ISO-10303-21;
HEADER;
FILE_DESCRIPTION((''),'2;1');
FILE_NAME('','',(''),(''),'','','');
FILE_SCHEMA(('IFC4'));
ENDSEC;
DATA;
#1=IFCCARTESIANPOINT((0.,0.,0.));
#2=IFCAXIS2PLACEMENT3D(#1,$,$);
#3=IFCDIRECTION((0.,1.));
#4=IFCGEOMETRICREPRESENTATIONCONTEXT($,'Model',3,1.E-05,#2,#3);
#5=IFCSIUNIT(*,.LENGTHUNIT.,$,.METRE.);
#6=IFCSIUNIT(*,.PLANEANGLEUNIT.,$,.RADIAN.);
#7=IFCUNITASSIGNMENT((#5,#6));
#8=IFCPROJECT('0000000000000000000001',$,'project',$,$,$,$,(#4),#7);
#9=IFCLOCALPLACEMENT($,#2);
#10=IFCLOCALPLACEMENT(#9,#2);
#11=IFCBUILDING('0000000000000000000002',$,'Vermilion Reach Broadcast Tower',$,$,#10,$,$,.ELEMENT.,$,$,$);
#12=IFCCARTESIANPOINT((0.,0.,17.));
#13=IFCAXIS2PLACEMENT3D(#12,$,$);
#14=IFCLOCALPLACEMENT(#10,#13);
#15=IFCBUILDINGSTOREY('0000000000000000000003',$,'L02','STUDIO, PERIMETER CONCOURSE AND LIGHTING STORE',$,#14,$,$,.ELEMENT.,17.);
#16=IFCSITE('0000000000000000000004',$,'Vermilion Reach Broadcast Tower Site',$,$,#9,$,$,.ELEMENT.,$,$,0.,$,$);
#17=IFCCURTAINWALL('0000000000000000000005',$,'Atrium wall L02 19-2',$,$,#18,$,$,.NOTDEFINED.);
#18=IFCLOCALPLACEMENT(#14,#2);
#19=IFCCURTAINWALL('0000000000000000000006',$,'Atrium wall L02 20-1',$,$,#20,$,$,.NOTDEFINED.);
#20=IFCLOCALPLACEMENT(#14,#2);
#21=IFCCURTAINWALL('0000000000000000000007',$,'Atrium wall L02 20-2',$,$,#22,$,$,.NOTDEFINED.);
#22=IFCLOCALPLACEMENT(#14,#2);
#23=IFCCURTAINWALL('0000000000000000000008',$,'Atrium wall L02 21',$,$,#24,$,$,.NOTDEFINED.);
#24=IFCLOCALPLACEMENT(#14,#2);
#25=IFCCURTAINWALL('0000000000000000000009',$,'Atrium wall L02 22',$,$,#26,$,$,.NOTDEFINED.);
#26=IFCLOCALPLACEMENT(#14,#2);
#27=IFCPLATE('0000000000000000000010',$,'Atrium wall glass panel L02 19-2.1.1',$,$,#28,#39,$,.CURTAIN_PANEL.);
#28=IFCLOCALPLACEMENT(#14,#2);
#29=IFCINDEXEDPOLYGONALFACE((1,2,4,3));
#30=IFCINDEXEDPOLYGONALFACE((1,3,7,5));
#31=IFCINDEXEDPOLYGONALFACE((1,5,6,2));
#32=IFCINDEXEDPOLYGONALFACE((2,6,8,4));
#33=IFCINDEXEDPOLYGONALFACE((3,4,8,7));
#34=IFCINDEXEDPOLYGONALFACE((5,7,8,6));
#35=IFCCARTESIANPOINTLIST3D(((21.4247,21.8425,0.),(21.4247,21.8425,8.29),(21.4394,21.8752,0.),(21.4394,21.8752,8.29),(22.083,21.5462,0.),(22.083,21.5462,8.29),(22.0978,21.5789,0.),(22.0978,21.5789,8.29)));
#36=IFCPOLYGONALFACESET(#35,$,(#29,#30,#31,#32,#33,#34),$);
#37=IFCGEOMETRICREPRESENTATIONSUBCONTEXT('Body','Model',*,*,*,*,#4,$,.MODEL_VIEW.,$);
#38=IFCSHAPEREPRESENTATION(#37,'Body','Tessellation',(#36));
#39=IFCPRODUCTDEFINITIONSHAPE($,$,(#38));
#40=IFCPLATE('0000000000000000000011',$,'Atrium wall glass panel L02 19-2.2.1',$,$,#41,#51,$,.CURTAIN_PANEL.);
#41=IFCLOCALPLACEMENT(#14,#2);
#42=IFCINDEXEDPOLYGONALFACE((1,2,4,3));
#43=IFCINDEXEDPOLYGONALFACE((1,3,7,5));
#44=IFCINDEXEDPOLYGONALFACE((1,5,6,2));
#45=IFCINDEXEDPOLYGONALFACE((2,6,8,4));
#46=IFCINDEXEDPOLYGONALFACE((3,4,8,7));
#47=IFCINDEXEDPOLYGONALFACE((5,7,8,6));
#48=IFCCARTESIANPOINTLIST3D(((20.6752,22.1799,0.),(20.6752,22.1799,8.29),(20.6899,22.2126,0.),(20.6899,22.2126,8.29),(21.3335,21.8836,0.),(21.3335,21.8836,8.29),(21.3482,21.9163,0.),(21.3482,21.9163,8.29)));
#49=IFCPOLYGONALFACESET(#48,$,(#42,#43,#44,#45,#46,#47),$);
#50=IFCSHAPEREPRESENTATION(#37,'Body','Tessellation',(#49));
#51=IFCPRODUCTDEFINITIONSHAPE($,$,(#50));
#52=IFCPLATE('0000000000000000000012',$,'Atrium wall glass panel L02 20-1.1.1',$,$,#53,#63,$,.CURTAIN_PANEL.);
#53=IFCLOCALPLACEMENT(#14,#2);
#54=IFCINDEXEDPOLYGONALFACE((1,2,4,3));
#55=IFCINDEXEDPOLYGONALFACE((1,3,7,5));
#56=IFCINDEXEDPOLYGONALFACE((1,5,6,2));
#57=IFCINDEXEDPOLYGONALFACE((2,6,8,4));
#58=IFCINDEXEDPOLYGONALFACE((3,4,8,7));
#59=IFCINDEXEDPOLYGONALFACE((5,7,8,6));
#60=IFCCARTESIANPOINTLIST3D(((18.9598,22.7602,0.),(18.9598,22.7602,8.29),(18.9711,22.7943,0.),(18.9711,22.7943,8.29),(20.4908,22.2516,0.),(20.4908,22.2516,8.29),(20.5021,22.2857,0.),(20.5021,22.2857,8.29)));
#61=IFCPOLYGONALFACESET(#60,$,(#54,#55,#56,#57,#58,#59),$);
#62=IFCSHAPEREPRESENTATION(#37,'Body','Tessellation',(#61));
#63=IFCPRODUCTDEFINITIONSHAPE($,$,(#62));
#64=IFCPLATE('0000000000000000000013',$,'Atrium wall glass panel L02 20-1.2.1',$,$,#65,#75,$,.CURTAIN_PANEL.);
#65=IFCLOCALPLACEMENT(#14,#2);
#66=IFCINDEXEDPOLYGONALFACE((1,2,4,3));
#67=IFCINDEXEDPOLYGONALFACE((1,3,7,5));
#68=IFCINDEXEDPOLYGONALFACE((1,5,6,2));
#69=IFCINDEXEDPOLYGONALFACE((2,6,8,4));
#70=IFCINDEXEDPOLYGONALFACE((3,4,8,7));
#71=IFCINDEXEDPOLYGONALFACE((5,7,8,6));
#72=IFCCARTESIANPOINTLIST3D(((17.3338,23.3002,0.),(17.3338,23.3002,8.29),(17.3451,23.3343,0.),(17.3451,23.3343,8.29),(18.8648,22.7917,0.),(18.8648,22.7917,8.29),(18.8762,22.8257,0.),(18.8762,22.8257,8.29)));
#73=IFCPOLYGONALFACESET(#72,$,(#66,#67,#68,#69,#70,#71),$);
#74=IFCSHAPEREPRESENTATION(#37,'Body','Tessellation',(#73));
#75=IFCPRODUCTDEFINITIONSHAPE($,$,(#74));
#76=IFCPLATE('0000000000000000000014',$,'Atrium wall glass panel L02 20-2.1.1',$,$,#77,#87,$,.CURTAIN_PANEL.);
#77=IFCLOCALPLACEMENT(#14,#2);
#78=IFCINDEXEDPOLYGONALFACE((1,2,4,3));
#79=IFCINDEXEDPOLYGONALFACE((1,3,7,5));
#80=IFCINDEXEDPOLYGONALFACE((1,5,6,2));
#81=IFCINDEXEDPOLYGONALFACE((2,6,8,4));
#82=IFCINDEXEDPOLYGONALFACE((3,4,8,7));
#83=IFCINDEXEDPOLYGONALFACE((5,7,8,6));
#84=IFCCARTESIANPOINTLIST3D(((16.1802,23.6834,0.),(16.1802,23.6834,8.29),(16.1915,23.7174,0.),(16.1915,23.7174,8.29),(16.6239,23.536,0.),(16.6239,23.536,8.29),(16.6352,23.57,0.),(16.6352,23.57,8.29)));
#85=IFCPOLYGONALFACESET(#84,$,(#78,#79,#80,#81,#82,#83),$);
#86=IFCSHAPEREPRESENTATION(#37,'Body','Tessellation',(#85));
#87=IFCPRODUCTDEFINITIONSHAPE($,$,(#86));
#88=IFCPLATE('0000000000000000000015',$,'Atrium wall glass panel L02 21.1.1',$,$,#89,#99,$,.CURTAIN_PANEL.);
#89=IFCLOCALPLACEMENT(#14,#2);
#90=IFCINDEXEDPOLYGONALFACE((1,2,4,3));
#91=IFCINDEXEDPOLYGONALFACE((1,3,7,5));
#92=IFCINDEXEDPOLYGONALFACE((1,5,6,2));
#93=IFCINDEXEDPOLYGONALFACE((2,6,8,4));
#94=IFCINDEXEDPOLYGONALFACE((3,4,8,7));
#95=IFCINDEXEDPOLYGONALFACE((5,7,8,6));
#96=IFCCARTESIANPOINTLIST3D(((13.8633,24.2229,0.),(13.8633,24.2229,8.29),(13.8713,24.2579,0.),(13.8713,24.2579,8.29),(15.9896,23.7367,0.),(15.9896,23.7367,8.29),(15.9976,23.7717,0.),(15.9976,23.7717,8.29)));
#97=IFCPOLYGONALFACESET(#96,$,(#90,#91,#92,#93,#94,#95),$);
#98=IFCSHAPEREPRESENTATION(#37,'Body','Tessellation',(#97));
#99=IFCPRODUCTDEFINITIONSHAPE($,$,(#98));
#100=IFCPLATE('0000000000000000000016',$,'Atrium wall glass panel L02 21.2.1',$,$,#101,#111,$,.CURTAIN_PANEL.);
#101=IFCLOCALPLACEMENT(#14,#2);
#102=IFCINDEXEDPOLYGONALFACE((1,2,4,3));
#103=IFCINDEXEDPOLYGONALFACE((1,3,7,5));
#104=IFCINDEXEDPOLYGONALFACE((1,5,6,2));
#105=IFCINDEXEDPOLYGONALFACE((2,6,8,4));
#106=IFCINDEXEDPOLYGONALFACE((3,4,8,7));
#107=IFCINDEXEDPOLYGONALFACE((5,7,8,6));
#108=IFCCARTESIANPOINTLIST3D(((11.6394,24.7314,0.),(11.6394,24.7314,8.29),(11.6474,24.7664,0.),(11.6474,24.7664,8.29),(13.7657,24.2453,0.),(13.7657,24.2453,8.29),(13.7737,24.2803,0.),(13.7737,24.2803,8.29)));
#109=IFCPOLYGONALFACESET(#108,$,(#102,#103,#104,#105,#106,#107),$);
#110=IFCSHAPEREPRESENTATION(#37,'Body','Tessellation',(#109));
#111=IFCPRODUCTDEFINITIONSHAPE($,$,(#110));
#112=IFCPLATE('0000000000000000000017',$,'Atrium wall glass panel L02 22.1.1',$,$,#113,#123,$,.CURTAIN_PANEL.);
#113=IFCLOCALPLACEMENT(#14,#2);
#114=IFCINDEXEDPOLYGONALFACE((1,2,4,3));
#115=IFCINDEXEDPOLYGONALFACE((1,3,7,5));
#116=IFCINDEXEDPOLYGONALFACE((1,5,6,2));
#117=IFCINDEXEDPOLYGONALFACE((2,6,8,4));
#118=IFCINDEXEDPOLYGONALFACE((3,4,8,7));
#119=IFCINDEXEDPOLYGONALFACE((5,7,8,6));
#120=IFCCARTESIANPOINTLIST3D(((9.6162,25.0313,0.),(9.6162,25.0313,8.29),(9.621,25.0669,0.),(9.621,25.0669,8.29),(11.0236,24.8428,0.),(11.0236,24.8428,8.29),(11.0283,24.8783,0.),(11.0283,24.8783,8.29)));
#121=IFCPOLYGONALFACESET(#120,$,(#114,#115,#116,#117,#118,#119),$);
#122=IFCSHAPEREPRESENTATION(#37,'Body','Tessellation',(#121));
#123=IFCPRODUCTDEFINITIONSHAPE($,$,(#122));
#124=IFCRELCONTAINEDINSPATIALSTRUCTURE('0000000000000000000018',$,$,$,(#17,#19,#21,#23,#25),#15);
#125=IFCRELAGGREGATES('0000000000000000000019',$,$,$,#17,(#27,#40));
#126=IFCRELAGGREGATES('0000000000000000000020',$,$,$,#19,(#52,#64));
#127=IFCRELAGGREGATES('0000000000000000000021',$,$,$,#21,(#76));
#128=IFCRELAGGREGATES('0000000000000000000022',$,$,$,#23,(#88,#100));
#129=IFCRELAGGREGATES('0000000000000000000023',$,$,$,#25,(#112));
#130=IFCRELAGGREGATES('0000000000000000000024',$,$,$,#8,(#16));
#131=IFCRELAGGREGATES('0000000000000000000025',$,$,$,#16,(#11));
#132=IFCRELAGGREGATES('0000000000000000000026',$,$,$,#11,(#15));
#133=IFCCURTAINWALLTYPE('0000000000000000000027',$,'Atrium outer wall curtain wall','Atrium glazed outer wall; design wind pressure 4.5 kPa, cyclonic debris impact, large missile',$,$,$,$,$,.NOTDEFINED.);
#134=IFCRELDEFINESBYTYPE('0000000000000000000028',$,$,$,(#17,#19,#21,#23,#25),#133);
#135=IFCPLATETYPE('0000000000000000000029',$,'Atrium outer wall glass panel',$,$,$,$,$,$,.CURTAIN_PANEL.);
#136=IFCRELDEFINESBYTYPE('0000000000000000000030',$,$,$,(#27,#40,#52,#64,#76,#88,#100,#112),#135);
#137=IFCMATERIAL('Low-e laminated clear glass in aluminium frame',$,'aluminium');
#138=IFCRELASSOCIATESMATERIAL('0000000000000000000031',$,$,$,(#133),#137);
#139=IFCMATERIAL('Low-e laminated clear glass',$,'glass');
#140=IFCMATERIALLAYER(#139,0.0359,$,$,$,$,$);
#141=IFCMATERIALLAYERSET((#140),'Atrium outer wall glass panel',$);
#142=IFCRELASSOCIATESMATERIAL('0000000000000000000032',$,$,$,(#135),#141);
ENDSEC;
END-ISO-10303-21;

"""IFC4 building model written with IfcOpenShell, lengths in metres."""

from ifc_helpers import new_model, si_unit, direction, frame, origin, origin_2d, place, context, subcontext, project, spatial, rectangle, extrude, material, layer, layer_set, type_object, element, aggregate, save


model = new_model("IFC4")

# Units and contexts
model_context = context("Model", 3, precision=1e-05, world=origin(), true_north=direction((0.0, 1.0)))
body_context = subcontext(model_context, "Body", "Model", "MODEL_VIEW")
ifc_project = project(units=[si_unit("LENGTHUNIT", "METRE"), si_unit("PLANEANGLEUNIT", "RADIAN")], contexts=[model_context])

# Site, building, storey
site_placement = place(None, origin())
site = spatial("IfcSite", under=ifc_project, at=site_placement, Name="Vermilion Reach Broadcast Tower Site", CompositionType="ELEMENT", RefElevation=0.0)
building_placement = place(site_placement, origin())
building = spatial("IfcBuilding", under=site, at=building_placement, Name="Vermilion Reach Broadcast Tower", CompositionType="ELEMENT")
storey_placement = place(building_placement, frame((0.0, 0.0, 17.0)))
storey = spatial("IfcBuildingStorey", under=building, at=storey_placement, Name="L02", Description="STUDIO, PERIMETER CONCOURSE AND LIGHTING STORE", CompositionType="ELEMENT", Elevation=17.0)

# Shared definitions
ifc_material_1 = material(Name="Low-e laminated clear glass in aluminium frame", Category="aluminium")
curtain_wall_type = type_object("IfcCurtainWallType", Name="Atrium outer wall curtain wall", Description="Atrium glazed outer wall; design wind pressure 4.5 kPa, cyclonic debris impact, large missile", PredefinedType="NOTDEFINED", material=ifc_material_1)
placement = place(storey_placement, origin())

# Curtain walls
curtain_wall_1 = element("IfcCurtainWall", 1, at=placement, inside=storey, type_object=curtain_wall_type, Name="Atrium wall L02 19-2", PredefinedType="NOTDEFINED")
curtain_wall_2 = element("IfcCurtainWall", 2, at=placement, inside=storey, type_object=curtain_wall_type, Name="Atrium wall L02 20-1", PredefinedType="NOTDEFINED")
curtain_wall_3 = element("IfcCurtainWall", 3, at=placement, inside=storey, type_object=curtain_wall_type, Name="Atrium wall L02 20-2", PredefinedType="NOTDEFINED")
curtain_wall_4 = element("IfcCurtainWall", 4, at=placement, inside=storey, type_object=curtain_wall_type, Name="Atrium wall L02 21", PredefinedType="NOTDEFINED")

# Curtain wall
curtain_wall_5 = element("IfcCurtainWall", 5, at=placement, inside=storey, type_object=curtain_wall_type, Name="Atrium wall L02 22", PredefinedType="NOTDEFINED")

# Plates
ifc_material_2 = material(Name="Low-e laminated clear glass", Category="glass")
ifc_layer = layer(ifc_material_2, 0.0359)
ifc_layer_set = layer_set([ifc_layer], Name="Atrium outer wall glass panel")
plate_type = type_object("IfcPlateType", Name="Atrium outer wall glass panel", PredefinedType="CURTAIN_PANEL", material=ifc_layer_set)
plate_1_placement = place(storey_placement, frame((21.7612, 21.7107, 0.0), z_axis=(0.0, 0.0, 1.0), x_axis=(-0.911902, 0.410408, 0.0)))
plate_1 = element("IfcPlate", 6, at=plate_1_placement, type_object=plate_type, Name="Atrium wall glass panel L02 19-2.1.1", PredefinedType="CURTAIN_PANEL", context=body_context, shape_type="SweptSolid", body=[
    extrude(rectangle(XDim=0.7219, YDim=0.0359, at=origin_2d()), origin(), (0.0, 0.0, 1.0), 8.29),
])
plate_2_placement = place(storey_placement, frame((21.0117, 22.0481, 0.0), z_axis=(0.0, 0.0, 1.0), x_axis=(-0.911902, 0.410408, 0.0)))
plate_2 = element("IfcPlate", 7, at=plate_2_placement, type_object=plate_type, Name="Atrium wall glass panel L02 19-2.2.1", PredefinedType="CURTAIN_PANEL", context=body_context, shape_type="SweptSolid", body=[
    extrude(rectangle(XDim=0.7219, YDim=0.0359, at=origin_2d()), origin(), (0.0, 0.0, 1.0), 8.29),
])
aggregate(curtain_wall_1, [plate_1, plate_2])
plate_3_placement = place(storey_placement, frame((19.731, 22.5229, 0.0), z_axis=(0.0, 0.0, 1.0), x_axis=(-0.949016, 0.315228, 0.0)))
plate_3 = element("IfcPlate", 8, at=plate_3_placement, type_object=plate_type, Name="Atrium wall glass panel L02 20-1.1.1", PredefinedType="CURTAIN_PANEL", context=body_context, shape_type="SweptSolid", body=[
    extrude(rectangle(XDim=1.6133, YDim=0.0359, at=origin_2d()), origin(), (0.0, 0.0, 1.0), 8.29),
])
plate_4_placement = place(storey_placement, frame((18.105, 23.063, 0.0), z_axis=(0.0, 0.0, 1.0), x_axis=(-0.949016, 0.315228, 0.0)))
plate_4 = element("IfcPlate", 9, at=plate_4_placement, type_object=plate_type, Name="Atrium wall glass panel L02 20-1.2.1", PredefinedType="CURTAIN_PANEL", context=body_context, shape_type="SweptSolid", body=[
    extrude(rectangle(XDim=1.6133, YDim=0.0359, at=origin_2d()), origin(), (0.0, 0.0, 1.0), 8.29),
])
aggregate(curtain_wall_2, [plate_3, plate_4])
plate_5_placement = place(storey_placement, frame((16.4077, 23.6267, 0.0), z_axis=(0.0, 0.0, 1.0), x_axis=(-0.949016, 0.315228, 0.0)))
plate_5 = element("IfcPlate", 10, at=plate_5_placement, type_object=plate_type, Name="Atrium wall glass panel L02 20-2.1.1", PredefinedType="CURTAIN_PANEL", context=body_context, shape_type="SweptSolid", body=[
    extrude(rectangle(XDim=0.4675, YDim=0.0359, at=origin_2d()), origin(), (0.0, 0.0, 1.0), 8.29),
])
aggregate(curtain_wall_3, [plate_5])
plate_6_placement = place(storey_placement, frame((14.9304, 23.9973, 0.0), z_axis=(0.0, 0.0, 1.0), x_axis=(-0.974843, 0.222892, 0.0)))
plate_6 = element("IfcPlate", 11, at=plate_6_placement, type_object=plate_type, Name="Atrium wall glass panel L02 21.1.1", PredefinedType="CURTAIN_PANEL", context=body_context, shape_type="SweptSolid", body=[
    extrude(rectangle(XDim=2.1812, YDim=0.0359, at=origin_2d()), origin(), (0.0, 0.0, 1.0), 8.29),
])
plate_7_placement = place(storey_placement, frame((12.7065, 24.5059, 0.0), z_axis=(0.0, 0.0, 1.0), x_axis=(-0.974843, 0.222892, 0.0)))
plate_7 = element("IfcPlate", 12, at=plate_7_placement, type_object=plate_type, Name="Atrium wall glass panel L02 21.2.1", PredefinedType="CURTAIN_PANEL", context=body_context, shape_type="SweptSolid", body=[
    extrude(rectangle(XDim=2.1812, YDim=0.0359, at=origin_2d()), origin(), (0.0, 0.0, 1.0), 8.29),
])
aggregate(curtain_wall_4, [plate_6, plate_7])
plate_8_placement = place(storey_placement, frame((10.3223, 24.9548, 0.0), z_axis=(0.0, 0.0, 1.0), x_axis=(-0.991144, 0.132794, 0.0)))
plate_8 = element("IfcPlate", 13, at=plate_8_placement, type_object=plate_type, Name="Atrium wall glass panel L02 22.1.1", PredefinedType="CURTAIN_PANEL", context=body_context, shape_type="SweptSolid", body=[
    extrude(rectangle(XDim=1.4199, YDim=0.0359, at=origin_2d()), origin(), (0.0, 0.0, 1.0), 8.29),
])
aggregate(curtain_wall_5, [plate_8])

save(model, "model.ifc")
